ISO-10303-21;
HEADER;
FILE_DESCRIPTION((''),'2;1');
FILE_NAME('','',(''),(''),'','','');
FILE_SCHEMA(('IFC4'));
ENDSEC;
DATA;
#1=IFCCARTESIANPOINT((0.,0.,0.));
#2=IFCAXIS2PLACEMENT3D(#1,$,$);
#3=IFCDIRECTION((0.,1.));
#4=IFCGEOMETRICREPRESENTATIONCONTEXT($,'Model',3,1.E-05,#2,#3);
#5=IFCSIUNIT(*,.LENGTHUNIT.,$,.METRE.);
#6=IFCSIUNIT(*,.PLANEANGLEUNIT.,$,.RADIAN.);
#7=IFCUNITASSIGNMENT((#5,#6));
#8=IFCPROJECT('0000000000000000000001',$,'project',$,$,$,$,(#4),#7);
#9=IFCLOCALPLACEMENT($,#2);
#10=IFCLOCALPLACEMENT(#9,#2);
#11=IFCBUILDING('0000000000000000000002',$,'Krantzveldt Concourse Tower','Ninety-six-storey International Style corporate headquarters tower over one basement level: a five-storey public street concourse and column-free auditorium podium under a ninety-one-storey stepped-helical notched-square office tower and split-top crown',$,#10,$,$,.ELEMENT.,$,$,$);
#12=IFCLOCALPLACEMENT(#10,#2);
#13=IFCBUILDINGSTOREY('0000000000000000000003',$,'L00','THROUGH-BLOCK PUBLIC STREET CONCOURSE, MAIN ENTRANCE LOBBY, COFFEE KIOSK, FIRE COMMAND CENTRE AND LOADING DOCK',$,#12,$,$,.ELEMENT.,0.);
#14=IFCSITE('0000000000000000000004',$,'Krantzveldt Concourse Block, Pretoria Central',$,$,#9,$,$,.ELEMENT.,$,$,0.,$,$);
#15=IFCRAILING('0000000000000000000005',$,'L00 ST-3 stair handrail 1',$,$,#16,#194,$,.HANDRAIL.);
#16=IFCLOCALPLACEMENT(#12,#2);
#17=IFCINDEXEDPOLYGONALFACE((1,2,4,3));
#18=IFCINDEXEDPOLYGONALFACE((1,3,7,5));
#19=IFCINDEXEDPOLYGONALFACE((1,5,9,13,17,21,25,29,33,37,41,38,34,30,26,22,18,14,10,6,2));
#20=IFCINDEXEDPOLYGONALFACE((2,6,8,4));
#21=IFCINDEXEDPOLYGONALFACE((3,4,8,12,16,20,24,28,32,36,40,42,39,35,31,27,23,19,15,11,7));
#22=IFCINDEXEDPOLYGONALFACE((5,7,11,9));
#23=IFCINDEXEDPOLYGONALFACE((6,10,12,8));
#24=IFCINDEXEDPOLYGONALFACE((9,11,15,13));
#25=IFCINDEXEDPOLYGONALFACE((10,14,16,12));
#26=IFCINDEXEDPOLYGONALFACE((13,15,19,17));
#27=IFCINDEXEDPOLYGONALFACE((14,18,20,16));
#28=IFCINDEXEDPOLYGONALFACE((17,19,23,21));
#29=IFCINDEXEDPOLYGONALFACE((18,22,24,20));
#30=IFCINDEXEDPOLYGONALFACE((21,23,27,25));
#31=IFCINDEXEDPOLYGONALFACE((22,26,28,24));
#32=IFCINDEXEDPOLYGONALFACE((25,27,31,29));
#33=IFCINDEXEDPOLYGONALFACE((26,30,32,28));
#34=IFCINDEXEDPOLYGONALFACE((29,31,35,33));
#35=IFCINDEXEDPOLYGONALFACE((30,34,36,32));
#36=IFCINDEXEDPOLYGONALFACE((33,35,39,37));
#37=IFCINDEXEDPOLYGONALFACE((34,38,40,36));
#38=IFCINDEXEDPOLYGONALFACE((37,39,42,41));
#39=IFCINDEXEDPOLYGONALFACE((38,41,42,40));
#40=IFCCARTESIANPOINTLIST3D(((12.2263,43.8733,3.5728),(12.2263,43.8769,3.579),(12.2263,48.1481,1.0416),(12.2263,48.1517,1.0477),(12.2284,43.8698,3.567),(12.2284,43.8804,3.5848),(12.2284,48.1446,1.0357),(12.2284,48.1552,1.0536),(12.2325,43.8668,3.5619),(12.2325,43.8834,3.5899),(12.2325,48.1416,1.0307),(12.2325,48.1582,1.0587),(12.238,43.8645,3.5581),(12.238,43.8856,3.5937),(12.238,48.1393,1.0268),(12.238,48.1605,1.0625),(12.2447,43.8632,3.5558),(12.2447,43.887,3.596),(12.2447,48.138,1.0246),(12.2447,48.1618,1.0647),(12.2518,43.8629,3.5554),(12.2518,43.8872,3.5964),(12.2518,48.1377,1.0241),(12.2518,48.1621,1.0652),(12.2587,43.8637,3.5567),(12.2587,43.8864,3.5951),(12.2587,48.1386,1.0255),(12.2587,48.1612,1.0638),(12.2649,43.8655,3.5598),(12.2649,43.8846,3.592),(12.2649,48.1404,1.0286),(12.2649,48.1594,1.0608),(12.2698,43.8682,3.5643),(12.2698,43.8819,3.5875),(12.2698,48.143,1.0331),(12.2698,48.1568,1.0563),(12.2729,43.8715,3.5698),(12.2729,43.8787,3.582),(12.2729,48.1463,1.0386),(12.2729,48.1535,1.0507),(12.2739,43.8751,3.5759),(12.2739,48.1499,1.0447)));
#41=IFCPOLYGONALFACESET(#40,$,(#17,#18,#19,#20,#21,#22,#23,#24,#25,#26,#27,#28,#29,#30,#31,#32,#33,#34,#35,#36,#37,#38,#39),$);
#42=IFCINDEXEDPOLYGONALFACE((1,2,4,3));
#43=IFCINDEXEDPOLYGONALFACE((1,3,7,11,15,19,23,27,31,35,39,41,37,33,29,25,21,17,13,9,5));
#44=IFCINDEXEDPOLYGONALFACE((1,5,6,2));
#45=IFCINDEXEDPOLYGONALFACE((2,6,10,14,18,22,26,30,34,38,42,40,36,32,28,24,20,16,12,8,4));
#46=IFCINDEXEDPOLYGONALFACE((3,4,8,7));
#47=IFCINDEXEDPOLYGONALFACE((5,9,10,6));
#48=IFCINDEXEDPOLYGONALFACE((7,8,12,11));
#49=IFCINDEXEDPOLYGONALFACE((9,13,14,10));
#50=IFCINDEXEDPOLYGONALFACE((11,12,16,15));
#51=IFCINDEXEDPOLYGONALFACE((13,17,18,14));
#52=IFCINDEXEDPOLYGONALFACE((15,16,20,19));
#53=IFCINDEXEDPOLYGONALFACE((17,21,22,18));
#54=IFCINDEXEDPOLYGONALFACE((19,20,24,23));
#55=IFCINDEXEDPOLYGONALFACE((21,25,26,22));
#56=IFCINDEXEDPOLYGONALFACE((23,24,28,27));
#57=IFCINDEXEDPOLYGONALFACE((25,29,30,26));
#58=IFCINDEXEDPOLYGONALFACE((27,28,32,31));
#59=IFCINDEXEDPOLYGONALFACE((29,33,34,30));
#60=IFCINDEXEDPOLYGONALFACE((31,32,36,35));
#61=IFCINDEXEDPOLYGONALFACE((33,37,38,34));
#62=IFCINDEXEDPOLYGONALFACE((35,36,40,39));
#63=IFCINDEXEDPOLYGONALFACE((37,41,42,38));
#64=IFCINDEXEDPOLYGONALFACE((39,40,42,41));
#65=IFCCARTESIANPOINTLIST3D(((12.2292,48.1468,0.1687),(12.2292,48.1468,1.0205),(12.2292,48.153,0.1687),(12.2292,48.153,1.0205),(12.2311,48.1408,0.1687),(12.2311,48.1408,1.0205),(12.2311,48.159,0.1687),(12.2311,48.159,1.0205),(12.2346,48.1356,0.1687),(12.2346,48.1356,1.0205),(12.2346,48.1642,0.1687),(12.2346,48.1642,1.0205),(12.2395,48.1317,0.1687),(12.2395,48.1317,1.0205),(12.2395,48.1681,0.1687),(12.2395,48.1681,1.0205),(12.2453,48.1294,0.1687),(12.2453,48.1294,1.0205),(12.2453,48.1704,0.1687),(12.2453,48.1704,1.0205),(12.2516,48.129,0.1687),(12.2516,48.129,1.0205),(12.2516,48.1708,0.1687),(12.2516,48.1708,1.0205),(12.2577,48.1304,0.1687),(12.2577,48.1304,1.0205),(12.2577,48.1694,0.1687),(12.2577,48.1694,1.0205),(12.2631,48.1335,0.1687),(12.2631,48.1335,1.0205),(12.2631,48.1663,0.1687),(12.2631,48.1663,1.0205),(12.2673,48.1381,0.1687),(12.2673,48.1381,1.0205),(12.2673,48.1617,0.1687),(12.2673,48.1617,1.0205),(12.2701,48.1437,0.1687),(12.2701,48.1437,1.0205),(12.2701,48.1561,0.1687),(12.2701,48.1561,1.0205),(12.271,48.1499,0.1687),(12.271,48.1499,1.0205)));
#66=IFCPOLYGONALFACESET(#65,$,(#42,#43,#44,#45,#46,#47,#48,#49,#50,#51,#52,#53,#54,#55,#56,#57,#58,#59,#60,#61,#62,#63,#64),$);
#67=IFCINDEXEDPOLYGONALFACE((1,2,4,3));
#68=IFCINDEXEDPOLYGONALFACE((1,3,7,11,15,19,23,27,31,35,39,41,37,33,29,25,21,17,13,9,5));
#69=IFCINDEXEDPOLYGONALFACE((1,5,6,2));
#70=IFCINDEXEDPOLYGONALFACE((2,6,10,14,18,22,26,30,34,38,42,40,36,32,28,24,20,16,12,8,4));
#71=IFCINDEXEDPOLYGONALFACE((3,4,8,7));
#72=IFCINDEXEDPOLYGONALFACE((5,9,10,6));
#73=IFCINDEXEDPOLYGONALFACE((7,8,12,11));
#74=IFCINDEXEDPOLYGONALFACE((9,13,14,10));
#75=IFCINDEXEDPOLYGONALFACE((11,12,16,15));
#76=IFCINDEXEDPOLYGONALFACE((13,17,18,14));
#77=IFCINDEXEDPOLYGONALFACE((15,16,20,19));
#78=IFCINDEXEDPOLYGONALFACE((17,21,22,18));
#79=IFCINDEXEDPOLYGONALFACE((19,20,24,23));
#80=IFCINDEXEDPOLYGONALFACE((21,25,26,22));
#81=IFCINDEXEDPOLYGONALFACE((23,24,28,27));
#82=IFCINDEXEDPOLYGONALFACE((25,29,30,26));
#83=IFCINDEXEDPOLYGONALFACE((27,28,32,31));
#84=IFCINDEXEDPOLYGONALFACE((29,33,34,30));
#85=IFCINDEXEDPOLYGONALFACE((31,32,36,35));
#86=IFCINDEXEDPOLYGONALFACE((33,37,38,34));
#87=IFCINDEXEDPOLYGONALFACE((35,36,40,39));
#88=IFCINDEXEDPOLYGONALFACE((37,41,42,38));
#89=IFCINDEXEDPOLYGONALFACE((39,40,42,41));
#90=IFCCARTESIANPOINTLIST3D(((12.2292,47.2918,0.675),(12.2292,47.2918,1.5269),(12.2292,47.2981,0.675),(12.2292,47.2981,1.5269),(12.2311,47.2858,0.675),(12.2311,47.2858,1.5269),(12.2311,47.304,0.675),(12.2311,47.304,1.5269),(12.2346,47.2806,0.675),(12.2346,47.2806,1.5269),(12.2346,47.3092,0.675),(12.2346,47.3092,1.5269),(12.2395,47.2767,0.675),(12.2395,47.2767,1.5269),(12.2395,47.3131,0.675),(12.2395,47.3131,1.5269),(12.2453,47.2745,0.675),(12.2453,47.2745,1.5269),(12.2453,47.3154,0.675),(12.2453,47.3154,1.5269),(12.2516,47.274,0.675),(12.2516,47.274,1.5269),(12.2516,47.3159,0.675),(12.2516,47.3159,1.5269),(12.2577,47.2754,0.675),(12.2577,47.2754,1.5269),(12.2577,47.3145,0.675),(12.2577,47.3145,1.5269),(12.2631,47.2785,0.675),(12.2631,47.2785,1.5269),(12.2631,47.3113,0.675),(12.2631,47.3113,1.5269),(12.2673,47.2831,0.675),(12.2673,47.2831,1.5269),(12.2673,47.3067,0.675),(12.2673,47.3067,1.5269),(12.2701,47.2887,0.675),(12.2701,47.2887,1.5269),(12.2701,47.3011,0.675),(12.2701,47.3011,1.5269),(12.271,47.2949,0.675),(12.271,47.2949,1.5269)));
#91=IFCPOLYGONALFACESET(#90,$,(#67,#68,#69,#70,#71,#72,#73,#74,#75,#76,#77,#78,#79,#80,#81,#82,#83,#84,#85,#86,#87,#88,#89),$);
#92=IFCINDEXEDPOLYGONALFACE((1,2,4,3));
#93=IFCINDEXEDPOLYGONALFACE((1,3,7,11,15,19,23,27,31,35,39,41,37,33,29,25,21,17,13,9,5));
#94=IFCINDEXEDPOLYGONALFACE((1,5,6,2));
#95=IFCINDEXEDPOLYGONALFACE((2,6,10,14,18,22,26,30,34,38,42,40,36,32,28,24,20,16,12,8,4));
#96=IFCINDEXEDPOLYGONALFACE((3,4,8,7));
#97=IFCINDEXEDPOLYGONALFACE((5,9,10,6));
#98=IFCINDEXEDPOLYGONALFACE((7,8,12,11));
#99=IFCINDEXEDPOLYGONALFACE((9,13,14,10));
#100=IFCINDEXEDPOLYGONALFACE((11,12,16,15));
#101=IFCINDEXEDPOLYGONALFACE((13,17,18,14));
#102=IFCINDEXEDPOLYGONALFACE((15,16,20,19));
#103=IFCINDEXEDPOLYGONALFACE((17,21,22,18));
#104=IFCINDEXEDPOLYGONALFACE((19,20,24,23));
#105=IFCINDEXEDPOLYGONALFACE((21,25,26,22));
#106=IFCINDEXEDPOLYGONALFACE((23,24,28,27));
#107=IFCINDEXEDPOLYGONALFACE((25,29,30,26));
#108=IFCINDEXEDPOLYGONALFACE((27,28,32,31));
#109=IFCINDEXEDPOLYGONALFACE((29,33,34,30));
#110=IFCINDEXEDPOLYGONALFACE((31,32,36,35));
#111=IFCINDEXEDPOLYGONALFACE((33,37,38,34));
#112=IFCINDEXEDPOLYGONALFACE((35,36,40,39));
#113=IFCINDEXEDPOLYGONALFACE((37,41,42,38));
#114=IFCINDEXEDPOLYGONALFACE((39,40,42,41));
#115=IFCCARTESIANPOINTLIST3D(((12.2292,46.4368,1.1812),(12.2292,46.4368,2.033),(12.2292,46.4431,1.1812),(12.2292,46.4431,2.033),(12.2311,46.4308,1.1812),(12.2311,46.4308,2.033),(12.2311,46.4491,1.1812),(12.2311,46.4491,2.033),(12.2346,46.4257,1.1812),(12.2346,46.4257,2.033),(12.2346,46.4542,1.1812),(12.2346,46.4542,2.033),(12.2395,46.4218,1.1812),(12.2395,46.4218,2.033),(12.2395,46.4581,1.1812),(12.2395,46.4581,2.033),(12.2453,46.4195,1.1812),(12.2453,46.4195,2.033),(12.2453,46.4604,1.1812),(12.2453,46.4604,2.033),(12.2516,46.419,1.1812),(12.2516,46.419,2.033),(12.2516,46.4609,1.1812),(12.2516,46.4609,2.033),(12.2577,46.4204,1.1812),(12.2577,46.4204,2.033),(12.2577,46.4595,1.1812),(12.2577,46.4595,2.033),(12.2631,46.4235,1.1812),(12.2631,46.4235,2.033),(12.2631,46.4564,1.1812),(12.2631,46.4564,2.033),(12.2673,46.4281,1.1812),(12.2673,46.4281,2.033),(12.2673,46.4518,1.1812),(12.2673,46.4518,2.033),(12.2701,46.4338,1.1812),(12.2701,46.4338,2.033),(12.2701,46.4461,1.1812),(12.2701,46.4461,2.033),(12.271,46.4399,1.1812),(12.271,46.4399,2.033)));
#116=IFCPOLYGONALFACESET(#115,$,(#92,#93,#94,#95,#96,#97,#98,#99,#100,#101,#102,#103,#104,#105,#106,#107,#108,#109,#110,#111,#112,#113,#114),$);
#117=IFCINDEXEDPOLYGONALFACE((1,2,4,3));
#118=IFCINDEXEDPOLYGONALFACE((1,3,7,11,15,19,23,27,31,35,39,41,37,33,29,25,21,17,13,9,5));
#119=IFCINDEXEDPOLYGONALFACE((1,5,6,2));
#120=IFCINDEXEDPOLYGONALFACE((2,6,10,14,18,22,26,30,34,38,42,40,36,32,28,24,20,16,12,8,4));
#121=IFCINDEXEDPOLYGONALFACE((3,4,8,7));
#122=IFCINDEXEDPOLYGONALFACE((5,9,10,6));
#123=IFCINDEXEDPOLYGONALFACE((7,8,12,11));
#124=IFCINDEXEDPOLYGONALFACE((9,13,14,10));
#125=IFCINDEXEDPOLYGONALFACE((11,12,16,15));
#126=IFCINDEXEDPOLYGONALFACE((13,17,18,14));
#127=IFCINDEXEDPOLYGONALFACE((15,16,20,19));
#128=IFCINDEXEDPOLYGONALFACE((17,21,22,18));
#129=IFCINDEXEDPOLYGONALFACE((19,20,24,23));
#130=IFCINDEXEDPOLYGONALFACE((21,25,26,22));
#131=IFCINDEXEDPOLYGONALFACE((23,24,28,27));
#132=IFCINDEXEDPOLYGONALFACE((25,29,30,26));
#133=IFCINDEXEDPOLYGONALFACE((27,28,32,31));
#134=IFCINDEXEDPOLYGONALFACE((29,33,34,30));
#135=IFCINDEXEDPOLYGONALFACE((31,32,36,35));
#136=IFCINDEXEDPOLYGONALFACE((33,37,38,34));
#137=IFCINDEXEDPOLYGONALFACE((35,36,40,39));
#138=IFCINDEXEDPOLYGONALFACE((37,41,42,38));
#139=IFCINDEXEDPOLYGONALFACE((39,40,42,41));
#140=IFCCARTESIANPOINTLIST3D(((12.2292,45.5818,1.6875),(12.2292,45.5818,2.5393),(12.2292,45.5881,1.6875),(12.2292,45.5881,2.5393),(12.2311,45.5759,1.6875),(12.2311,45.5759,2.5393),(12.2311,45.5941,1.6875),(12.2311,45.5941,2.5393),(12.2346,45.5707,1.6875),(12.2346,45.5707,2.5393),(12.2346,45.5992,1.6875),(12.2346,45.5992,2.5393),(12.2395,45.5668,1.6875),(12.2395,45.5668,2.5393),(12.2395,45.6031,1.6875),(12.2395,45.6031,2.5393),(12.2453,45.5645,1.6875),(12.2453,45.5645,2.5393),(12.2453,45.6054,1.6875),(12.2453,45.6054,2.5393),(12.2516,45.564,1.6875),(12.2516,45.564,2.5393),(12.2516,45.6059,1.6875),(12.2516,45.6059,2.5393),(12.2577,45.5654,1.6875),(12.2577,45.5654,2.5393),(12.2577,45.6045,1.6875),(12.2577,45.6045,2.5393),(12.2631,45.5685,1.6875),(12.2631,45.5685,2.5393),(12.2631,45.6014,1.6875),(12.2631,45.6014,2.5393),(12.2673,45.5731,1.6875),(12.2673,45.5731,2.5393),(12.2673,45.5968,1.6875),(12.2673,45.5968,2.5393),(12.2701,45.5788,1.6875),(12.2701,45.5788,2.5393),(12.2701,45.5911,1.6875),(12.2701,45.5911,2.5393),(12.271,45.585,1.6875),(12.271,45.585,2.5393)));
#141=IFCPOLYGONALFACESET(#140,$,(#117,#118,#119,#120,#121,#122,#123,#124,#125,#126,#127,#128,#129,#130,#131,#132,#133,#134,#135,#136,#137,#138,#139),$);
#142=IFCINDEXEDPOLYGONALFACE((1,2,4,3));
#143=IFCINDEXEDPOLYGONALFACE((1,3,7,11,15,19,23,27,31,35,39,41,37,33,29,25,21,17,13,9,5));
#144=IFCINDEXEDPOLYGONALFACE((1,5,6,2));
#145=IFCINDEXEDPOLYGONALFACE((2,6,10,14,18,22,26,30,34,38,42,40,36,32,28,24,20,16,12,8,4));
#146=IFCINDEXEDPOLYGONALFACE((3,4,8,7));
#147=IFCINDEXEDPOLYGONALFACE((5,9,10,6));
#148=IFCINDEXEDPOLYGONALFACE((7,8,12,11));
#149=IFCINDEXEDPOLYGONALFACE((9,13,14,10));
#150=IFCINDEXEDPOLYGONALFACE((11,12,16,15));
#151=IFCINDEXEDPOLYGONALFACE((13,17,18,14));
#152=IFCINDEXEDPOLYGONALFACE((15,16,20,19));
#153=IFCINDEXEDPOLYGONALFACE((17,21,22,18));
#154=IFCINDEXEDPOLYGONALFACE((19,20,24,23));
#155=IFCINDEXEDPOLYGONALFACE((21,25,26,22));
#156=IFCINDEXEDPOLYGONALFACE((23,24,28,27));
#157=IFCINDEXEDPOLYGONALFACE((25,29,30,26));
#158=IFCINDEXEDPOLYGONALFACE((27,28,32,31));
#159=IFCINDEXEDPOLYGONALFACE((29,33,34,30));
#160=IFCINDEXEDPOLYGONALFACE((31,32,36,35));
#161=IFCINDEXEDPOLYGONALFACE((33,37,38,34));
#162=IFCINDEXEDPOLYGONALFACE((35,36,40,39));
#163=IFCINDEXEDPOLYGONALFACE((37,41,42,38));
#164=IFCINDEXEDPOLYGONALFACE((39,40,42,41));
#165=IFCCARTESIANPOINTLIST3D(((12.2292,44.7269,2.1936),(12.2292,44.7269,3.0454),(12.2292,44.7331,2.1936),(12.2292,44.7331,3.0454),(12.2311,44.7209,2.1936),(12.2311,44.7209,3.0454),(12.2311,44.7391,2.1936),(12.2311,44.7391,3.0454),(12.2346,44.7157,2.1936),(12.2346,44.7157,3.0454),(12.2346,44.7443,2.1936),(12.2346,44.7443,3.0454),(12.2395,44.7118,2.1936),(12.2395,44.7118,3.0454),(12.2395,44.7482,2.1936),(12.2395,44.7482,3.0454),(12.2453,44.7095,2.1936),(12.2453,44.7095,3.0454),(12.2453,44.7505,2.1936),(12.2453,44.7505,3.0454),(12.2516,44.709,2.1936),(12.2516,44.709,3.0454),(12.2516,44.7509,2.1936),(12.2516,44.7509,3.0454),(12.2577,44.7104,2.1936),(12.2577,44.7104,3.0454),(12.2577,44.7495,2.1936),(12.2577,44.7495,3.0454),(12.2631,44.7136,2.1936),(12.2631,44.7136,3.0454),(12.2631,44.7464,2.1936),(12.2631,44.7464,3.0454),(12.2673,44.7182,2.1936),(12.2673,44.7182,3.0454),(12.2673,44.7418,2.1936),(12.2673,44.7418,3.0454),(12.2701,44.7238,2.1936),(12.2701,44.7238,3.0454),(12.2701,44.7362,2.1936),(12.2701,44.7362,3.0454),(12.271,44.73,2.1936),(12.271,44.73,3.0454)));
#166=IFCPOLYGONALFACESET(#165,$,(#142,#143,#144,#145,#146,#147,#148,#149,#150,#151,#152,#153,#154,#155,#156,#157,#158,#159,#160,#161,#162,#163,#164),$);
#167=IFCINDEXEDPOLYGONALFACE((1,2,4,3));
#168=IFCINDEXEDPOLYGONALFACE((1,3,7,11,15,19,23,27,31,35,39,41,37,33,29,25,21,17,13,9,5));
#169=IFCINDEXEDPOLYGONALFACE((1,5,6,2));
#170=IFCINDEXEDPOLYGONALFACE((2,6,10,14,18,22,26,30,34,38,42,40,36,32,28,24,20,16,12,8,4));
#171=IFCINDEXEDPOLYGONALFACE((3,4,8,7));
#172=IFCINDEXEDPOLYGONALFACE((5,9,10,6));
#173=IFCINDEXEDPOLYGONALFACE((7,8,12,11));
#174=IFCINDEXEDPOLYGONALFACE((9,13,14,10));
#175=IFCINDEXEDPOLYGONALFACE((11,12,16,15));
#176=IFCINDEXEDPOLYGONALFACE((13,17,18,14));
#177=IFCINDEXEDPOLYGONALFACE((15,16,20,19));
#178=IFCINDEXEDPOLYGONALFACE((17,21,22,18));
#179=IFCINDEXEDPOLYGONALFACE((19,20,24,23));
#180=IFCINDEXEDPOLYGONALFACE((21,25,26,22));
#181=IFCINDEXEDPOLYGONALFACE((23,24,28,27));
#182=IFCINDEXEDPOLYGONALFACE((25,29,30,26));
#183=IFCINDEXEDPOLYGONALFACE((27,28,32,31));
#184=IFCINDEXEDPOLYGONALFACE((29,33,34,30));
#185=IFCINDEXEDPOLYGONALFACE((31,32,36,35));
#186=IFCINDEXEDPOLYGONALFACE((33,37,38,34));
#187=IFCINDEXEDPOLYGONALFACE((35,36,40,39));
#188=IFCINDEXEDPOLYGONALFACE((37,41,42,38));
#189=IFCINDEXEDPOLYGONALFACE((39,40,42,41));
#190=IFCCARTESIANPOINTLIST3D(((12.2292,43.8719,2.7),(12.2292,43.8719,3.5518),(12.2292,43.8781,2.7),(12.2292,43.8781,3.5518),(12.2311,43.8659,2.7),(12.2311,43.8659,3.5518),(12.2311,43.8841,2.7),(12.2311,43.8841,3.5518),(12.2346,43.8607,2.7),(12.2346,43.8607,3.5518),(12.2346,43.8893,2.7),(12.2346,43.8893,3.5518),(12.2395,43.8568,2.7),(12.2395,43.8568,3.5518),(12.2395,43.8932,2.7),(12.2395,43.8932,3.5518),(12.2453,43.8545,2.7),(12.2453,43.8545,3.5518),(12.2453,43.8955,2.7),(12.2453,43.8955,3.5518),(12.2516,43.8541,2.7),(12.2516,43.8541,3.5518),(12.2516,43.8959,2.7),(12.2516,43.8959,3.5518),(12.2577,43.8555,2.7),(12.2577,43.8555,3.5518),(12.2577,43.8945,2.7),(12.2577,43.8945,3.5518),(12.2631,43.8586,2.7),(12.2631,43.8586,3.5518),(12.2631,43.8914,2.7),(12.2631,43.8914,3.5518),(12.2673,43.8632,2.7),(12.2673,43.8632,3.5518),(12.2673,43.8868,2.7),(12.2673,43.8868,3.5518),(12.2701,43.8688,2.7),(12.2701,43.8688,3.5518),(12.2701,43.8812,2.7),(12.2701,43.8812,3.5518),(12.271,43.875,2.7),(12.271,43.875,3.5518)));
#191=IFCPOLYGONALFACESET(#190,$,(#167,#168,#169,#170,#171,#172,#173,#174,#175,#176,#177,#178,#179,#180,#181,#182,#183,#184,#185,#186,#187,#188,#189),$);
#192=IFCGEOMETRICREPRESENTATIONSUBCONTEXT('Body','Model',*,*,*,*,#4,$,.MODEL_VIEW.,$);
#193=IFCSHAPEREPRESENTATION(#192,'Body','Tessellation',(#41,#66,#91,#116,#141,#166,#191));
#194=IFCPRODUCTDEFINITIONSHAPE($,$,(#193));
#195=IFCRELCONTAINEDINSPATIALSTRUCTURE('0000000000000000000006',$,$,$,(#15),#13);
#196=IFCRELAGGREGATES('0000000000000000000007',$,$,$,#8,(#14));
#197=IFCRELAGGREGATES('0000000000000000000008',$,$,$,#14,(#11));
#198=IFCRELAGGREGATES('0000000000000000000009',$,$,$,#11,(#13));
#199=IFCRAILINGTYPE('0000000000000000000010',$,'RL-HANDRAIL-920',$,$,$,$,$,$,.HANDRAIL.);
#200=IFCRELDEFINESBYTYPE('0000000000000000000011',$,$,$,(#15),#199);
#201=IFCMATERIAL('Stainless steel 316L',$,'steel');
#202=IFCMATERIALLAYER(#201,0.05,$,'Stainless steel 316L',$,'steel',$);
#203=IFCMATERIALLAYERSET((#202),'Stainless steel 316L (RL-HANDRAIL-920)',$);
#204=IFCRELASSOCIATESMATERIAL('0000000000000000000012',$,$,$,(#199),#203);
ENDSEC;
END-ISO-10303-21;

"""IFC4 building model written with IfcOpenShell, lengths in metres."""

from ifc_helpers import new_model, si_unit, direction, frame, origin, origin_2d, place, context, subcontext, project, spatial, circle, extrude, material, layer, layer_set, type_object, element, save


model = new_model("IFC4")

# Units and contexts
model_context = context("Model", 3, precision=1e-05, world=origin(), true_north=direction((0.0, 1.0)))
body_context = subcontext(model_context, "Body", "Model", "MODEL_VIEW")
ifc_project = project(units=[si_unit("LENGTHUNIT", "METRE"), si_unit("PLANEANGLEUNIT", "RADIAN")], contexts=[model_context])

# Site, building, storey
site_placement = place(None, origin())
site = spatial("IfcSite", under=ifc_project, at=site_placement, Name="Krantzveldt Concourse Block, Pretoria Central", CompositionType="ELEMENT", RefElevation=0.0)
building_placement = place(site_placement, origin())
building = spatial("IfcBuilding", under=site, at=building_placement, Name="Krantzveldt Concourse Tower", Description="Ninety-six-storey International Style corporate headquarters tower over one basement level: a five-storey public street concourse and column-free auditorium podium under a ninety-one-storey stepped-helical notched-square office tower and split-top crown", CompositionType="ELEMENT")
storey_placement = place(building_placement, origin())
storey = spatial("IfcBuildingStorey", under=building, at=storey_placement, Name="L00", Description="THROUGH-BLOCK PUBLIC STREET CONCOURSE, MAIN ENTRANCE LOBBY, COFFEE KIOSK, FIRE COMMAND CENTRE AND LOADING DOCK", CompositionType="ELEMENT", Elevation=0.0)

# Railing
ifc_material_1 = material(Name="Stainless steel 316L", Category="steel")
ifc_layer_1 = layer(ifc_material_1, 0.05, Name="Stainless steel 316L", Category="steel")
ifc_layer_set_1 = layer_set([ifc_layer_1], Name="Stainless steel 316L (RL-HANDRAIL-920)")
railing_type_1 = type_object("IfcRailingType", Name="RL-HANDRAIL-920", PredefinedType="HANDRAIL", material=ifc_layer_set_1)
railing_1_placement = place(storey_placement, frame((12.25, 48.1499, 0.1687)))
element("IfcRailing", 1, at=railing_1_placement, inside=storey, type_object=railing_type_1, Name="L00 ST-3 stair handrail 1", PredefinedType="HANDRAIL", context=body_context, shape_type="SweptSolid", body=[
    extrude(circle(Radius=0.0239, at=origin_2d()), frame((0.0, 0.0, 0.876), z_axis=(0.0, -0.86047, 0.509501), x_axis=(1.0, 0.0, 0.0)), (0.0, 0.0, 1.0), 4.968),
    extrude(circle(Radius=0.021, at=origin_2d()), origin(), (0.0, 0.0, 1.0), 0.8518),
    extrude(circle(Radius=0.021, at=origin_2d()), frame((0.0, -0.855, 0.5063)), (0.0, 0.0, 1.0), 0.8518),
    extrude(circle(Radius=0.021, at=origin_2d()), frame((0.0, -1.71, 1.0125)), (0.0, 0.0, 1.0), 0.8518),
    extrude(circle(Radius=0.021, at=origin_2d()), frame((0.0, -2.5649, 1.5188)), (0.0, 0.0, 1.0), 0.8518),
    extrude(circle(Radius=0.021, at=origin_2d()), frame((0.0, -3.4199, 2.0249)), (0.0, 0.0, 1.0), 0.8518),
    extrude(circle(Radius=0.021, at=origin_2d()), frame((0.0, -4.2749, 2.5312)), (0.0, 0.0, 1.0), 0.8518),
])

save(model, "model.ifc")
